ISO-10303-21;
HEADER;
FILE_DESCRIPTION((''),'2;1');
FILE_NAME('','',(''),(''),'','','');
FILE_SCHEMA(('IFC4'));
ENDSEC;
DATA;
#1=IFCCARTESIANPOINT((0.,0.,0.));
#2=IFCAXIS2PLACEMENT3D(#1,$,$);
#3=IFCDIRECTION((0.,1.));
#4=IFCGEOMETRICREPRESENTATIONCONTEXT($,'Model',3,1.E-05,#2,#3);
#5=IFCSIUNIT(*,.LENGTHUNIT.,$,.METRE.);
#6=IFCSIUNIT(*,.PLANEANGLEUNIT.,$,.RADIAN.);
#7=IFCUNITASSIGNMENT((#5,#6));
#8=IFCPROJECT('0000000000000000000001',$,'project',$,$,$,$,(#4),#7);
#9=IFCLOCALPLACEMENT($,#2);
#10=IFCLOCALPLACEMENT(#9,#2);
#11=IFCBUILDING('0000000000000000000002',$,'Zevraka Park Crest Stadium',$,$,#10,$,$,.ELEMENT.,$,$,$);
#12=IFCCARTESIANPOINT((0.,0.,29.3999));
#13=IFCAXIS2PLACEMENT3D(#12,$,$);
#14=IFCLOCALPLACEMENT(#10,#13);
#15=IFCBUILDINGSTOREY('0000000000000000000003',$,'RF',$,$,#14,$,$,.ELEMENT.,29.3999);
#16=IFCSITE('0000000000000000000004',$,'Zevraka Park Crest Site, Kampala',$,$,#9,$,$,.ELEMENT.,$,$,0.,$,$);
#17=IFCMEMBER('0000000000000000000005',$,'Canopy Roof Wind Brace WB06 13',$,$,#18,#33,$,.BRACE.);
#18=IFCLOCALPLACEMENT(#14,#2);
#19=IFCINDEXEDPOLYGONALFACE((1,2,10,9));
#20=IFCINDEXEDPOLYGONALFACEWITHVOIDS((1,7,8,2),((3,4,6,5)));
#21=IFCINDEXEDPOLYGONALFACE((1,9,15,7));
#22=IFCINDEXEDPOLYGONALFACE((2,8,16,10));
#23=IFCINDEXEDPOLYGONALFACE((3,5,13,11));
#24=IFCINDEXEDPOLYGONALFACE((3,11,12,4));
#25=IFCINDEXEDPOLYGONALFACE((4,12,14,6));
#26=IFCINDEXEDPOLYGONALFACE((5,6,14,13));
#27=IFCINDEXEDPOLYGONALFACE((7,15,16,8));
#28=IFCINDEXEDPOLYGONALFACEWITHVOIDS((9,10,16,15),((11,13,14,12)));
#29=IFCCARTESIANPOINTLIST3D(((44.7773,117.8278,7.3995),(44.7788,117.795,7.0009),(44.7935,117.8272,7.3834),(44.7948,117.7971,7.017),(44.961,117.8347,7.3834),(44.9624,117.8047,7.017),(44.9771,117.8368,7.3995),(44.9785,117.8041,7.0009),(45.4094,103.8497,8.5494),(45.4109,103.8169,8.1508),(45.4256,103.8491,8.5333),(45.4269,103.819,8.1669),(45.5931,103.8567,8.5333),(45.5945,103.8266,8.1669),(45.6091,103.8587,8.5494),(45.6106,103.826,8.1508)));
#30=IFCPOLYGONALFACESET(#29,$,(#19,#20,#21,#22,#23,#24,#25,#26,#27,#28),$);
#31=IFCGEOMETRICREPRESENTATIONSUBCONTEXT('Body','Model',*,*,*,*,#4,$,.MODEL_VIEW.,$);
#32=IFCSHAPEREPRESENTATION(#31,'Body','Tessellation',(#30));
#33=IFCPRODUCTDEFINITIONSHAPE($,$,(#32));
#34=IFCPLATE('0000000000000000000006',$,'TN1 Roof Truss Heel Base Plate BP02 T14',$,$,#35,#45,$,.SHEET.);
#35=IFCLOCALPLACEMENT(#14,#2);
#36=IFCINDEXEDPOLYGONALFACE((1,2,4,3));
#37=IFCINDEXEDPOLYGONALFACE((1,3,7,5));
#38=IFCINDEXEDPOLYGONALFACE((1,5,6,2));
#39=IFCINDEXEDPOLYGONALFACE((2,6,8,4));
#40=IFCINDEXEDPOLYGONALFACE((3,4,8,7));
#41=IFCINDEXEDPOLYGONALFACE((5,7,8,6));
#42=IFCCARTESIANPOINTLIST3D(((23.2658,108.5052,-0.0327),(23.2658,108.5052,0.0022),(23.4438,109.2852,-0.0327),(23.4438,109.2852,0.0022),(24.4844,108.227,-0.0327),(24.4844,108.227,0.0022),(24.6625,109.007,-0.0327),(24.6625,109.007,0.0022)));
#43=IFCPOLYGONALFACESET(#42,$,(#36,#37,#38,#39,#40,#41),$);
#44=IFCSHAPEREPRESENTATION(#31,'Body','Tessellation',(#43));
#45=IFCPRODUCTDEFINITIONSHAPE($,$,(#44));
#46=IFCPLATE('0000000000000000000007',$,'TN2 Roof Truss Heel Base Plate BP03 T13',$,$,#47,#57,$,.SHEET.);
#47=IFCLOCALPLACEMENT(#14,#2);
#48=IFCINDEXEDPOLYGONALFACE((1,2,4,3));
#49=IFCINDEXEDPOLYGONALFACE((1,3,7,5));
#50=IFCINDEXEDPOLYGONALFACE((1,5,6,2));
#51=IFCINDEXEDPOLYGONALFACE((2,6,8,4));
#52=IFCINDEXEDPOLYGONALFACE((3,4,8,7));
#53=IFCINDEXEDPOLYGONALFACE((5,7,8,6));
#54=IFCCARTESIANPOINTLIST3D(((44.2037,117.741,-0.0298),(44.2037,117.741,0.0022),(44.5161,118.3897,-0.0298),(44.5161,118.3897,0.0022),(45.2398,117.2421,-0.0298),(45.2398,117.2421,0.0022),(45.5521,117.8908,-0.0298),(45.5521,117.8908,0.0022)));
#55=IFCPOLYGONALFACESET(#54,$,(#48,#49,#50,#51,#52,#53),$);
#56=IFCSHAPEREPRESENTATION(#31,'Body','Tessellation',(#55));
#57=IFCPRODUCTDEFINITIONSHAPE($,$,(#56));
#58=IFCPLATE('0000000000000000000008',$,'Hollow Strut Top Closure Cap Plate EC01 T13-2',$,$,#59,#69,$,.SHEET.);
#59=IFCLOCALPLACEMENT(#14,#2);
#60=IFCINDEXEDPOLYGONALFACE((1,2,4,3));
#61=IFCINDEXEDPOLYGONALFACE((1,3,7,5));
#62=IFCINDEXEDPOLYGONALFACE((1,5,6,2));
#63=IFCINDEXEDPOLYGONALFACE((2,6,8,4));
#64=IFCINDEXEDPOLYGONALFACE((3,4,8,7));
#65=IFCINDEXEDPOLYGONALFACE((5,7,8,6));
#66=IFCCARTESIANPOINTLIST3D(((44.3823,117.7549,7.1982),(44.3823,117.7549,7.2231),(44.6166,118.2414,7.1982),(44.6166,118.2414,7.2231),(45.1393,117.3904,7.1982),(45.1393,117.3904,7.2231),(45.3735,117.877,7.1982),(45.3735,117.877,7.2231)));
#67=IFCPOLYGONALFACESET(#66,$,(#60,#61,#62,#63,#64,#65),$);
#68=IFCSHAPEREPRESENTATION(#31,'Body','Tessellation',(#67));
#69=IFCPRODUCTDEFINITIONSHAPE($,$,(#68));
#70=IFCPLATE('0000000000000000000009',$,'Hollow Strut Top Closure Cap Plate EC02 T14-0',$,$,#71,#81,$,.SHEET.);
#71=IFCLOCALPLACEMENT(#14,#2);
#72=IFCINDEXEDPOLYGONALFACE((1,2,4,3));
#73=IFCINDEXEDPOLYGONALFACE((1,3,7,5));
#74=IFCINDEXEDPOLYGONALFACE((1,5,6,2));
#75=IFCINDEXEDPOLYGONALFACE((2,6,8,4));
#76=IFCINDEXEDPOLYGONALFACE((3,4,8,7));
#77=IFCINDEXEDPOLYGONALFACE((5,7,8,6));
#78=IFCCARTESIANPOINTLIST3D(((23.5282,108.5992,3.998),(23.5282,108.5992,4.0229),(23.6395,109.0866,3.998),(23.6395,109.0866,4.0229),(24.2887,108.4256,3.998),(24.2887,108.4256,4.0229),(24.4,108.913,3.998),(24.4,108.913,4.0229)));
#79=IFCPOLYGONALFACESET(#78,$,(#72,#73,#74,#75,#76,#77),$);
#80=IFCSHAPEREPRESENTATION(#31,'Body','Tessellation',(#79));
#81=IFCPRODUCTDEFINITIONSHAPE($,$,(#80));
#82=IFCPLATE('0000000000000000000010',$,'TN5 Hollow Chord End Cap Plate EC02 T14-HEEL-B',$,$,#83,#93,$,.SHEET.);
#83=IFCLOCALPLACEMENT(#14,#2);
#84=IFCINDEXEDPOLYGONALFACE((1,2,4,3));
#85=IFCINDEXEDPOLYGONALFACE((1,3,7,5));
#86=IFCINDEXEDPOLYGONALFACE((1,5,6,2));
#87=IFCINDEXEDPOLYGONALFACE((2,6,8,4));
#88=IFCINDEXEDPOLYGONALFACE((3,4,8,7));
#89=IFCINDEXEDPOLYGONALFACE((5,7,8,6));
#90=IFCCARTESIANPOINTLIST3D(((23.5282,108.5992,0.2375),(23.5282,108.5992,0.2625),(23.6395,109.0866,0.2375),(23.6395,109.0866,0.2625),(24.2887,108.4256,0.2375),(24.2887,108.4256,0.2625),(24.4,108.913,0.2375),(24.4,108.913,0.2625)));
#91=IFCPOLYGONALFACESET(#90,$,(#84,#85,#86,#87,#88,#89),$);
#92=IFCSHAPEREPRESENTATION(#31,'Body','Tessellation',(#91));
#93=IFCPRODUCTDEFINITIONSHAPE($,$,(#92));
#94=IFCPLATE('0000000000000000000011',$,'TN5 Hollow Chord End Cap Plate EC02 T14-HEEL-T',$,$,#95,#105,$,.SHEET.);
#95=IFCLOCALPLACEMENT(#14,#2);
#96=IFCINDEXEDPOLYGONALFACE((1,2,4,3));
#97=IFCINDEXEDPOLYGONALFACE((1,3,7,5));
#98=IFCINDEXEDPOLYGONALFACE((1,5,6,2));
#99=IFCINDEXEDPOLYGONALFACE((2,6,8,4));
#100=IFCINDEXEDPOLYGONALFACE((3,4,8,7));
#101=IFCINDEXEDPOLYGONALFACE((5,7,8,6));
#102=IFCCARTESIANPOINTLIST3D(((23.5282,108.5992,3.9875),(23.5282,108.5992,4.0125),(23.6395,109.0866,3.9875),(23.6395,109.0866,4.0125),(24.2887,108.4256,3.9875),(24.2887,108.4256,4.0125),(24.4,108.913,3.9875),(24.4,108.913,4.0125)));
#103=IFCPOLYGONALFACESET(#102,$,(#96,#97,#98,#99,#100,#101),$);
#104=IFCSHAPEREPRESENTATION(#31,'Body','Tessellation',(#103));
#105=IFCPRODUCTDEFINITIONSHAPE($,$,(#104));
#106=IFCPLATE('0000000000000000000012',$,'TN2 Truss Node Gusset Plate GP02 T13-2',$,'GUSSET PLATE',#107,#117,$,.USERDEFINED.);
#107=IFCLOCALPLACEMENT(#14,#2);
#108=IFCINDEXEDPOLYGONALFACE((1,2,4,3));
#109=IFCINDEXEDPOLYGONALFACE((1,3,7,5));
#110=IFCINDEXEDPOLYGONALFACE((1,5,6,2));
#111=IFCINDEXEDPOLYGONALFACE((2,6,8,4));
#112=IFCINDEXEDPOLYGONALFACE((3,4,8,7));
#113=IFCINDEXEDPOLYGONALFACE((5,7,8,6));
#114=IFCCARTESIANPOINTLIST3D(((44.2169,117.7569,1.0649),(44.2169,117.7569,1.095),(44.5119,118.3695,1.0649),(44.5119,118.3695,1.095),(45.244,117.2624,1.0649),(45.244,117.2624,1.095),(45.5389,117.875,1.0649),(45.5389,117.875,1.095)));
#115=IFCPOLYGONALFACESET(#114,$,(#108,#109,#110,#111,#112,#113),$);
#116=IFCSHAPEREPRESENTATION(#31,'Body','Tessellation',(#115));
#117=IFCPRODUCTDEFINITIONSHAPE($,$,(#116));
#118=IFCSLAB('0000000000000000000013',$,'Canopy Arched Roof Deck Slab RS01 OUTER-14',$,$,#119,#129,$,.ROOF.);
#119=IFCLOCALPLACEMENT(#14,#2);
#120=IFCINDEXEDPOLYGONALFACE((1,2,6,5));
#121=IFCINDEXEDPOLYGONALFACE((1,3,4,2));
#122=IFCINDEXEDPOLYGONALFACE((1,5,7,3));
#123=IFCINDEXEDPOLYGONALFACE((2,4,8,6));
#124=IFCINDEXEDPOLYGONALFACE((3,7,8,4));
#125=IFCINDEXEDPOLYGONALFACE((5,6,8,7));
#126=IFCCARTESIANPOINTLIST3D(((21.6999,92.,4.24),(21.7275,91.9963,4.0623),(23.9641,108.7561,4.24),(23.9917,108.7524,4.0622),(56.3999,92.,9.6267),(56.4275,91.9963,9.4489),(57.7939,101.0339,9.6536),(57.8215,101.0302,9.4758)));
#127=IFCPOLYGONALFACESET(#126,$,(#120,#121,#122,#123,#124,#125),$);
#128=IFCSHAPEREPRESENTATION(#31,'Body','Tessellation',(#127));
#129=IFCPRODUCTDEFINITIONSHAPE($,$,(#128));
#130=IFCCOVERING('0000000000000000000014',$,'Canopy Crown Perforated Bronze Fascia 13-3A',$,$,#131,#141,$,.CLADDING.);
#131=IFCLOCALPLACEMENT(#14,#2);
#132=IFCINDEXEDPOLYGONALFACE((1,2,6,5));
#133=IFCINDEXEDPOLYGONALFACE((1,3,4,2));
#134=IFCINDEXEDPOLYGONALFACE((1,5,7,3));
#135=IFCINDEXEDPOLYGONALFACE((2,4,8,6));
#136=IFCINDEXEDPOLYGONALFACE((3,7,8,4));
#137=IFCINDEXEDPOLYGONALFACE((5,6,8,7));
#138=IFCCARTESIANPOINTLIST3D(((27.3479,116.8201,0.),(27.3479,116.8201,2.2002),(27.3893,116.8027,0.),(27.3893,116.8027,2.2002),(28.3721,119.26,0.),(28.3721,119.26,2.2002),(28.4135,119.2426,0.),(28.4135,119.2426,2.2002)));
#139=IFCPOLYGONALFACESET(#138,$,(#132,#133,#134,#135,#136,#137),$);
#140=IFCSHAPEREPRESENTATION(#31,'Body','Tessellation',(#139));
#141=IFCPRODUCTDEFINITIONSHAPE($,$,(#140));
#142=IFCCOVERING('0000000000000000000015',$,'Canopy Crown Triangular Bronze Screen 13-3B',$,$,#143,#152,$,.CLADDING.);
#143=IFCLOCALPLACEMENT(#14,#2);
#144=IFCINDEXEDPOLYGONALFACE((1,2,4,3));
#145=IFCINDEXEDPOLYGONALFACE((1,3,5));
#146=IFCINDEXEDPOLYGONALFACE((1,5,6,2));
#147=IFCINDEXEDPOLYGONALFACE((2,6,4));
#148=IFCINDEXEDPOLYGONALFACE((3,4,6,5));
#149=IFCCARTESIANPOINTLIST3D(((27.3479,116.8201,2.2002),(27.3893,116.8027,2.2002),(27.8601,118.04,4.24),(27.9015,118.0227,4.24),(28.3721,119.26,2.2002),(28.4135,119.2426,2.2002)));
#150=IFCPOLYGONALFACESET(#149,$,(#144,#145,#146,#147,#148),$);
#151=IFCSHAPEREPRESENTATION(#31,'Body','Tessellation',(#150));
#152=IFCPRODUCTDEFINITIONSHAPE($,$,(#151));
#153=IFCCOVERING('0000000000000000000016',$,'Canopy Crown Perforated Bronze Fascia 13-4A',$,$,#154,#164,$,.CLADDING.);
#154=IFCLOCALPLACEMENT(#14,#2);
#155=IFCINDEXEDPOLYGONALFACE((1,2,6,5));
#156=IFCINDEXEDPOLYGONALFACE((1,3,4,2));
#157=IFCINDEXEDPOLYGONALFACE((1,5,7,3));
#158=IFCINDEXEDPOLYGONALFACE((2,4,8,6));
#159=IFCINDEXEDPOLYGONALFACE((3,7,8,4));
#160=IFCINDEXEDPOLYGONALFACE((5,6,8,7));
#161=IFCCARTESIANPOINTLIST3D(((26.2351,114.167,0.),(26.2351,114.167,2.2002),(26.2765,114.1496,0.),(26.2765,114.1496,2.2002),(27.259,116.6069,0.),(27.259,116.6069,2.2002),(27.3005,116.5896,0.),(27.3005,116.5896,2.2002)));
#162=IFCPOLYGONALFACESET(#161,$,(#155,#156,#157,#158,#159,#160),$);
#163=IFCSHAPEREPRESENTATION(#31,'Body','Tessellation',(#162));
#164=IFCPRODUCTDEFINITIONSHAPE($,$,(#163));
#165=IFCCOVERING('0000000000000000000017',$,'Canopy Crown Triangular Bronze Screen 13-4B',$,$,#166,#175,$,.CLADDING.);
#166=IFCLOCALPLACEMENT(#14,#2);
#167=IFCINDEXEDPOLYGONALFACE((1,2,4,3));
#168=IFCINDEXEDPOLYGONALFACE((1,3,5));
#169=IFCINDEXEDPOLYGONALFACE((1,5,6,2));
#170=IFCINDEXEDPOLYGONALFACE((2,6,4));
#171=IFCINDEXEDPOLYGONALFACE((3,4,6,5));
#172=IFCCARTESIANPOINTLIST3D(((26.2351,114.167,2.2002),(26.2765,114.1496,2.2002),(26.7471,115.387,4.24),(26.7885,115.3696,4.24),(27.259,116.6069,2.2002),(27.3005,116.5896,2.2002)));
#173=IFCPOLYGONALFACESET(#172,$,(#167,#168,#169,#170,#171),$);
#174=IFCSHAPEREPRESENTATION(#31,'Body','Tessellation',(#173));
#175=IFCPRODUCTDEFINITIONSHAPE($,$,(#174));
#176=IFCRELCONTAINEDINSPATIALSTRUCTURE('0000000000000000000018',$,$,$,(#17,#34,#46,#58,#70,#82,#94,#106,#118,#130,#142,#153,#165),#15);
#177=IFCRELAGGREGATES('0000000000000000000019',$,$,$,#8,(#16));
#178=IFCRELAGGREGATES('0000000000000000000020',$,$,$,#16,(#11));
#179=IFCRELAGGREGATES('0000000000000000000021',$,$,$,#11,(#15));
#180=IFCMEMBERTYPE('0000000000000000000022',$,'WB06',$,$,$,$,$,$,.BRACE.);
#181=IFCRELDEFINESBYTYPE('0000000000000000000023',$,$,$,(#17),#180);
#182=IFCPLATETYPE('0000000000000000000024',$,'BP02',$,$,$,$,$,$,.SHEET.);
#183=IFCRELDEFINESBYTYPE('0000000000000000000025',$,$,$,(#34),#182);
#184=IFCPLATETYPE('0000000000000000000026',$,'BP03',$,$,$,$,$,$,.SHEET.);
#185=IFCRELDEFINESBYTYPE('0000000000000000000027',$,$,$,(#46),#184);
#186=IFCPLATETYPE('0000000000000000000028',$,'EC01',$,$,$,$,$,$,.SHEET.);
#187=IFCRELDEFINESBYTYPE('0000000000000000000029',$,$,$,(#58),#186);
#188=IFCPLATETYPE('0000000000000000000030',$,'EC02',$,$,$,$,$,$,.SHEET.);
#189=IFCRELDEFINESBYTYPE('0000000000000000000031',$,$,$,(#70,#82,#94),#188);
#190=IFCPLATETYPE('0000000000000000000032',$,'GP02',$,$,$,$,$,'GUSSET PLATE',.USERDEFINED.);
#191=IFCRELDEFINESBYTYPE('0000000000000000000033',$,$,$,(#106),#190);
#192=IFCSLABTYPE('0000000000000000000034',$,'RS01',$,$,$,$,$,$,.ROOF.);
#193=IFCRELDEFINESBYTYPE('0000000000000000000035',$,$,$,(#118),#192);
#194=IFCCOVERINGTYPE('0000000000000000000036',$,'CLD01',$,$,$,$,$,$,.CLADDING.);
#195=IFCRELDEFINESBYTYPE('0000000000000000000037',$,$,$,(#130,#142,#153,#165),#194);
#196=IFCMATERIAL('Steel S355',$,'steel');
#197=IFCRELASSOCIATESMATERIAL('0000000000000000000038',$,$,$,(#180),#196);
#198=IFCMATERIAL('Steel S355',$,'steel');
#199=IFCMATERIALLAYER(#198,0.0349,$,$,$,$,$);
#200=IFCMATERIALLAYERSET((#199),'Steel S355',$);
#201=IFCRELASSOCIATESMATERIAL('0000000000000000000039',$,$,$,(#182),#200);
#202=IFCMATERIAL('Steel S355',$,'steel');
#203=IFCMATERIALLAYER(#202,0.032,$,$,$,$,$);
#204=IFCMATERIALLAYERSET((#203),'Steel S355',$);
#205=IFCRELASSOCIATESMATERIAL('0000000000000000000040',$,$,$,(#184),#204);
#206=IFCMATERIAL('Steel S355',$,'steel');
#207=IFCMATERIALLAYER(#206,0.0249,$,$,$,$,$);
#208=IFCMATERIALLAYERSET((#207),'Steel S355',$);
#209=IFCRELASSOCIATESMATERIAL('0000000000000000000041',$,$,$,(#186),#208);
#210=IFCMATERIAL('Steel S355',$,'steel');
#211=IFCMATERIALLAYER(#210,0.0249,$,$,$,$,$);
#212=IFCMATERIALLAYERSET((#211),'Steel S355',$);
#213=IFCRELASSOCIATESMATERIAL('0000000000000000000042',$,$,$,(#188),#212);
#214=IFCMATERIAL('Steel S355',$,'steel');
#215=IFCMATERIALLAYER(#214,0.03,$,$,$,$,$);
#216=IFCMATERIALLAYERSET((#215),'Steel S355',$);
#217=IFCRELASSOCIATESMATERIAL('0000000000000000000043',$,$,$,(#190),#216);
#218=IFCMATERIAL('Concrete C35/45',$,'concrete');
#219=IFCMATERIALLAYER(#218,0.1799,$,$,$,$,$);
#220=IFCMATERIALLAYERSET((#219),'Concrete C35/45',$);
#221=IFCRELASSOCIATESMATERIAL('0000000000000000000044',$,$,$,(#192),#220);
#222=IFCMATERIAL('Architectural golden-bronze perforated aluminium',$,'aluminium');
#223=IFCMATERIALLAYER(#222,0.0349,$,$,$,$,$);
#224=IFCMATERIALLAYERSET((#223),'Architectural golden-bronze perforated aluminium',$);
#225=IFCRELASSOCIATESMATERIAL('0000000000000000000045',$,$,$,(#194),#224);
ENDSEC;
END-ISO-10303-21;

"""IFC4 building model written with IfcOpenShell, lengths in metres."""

from ifc_helpers import new_model, si_unit, direction, frame, origin, origin_2d, place, context, subcontext, project, spatial, polyline, rectangle, hollow_rectangle, outline, extrude, material, layer, layer_set, material_profile, profile_set, type_object, element, save


model = new_model("IFC4")

# Units and contexts
model_context = context("Model", 3, precision=1e-05, world=origin(), true_north=direction((0.0, 1.0)))
body_context = subcontext(model_context, "Body", "Model", "MODEL_VIEW")
ifc_project = project(units=[si_unit("LENGTHUNIT", "METRE"), si_unit("PLANEANGLEUNIT", "RADIAN")], contexts=[model_context])

# Site, building, storey
site_placement = place(None, origin())
site = spatial("IfcSite", under=ifc_project, at=site_placement, Name="Zevraka Park Crest Site, Kampala", CompositionType="ELEMENT", RefElevation=0.0)
building_placement = place(site_placement, origin())
building = spatial("IfcBuilding", under=site, at=building_placement, Name="Zevraka Park Crest Stadium", CompositionType="ELEMENT")
storey_placement = place(building_placement, frame((0.0, 0.0, 29.3999)))
storey = spatial("IfcBuildingStorey", under=building, at=storey_placement, Name="RF", CompositionType="ELEMENT", Elevation=29.3999)

# Member
ifc_material_1 = material(Name="Steel S355", Category="steel")
ifc_material_profile_1 = material_profile(ifc_material_1, hollow_rectangle(XDim=0.2, YDim=0.3999, WallThickness=0.0161, at=origin_2d()), Name="RHS 400x200x16")
ifc_profile_set_1 = profile_set([ifc_material_profile_1], Name="Steel S355")
member_type_1 = type_object("IfcMemberType", Name="WB06", PredefinedType="BRACE", material=ifc_profile_set_1)
member_1_placement = place(storey_placement, frame((44.8779, 117.8159, 7.2002), z_axis=(0.045022, -0.995623, 0.081905), x_axis=(0.998979, 0.045173, 0.0)))
element("IfcMember", 1, at=member_1_placement, inside=storey, type_object=member_type_1, Name="Canopy Roof Wind Brace WB06 13", PredefinedType="BRACE", context=body_context, shape_type="SweptSolid", body=[
    extrude(hollow_rectangle(XDim=0.2, YDim=0.3999, WallThickness=0.0161, at=origin_2d()), origin(), (0.0, 0.0, 1.0), 14.0396),
])

# Plates
ifc_material_2 = material(Name="Steel S355", Category="steel")
ifc_layer_1 = layer(ifc_material_2, 0.0349)
ifc_layer_set_1 = layer_set([ifc_layer_1], Name="Steel S355")
plate_type_1 = type_object("IfcPlateType", Name="BP02", PredefinedType="SHEET", material=ifc_layer_set_1)
plate_1_placement = place(storey_placement, frame((23.9641, 108.7561, -0.0327), z_axis=(0.0, 0.0, 1.0), x_axis=(-0.974917, 0.22257, 0.0)))
element("IfcPlate", 2, at=plate_1_placement, inside=storey, type_object=plate_type_1, Name="TN1 Roof Truss Heel Base Plate BP02 T14", PredefinedType="SHEET", context=body_context, shape_type="SweptSolid", body=[
    extrude(rectangle(XDim=1.25, YDim=0.8, at=origin_2d()), origin(), (0.0, 0.0, 1.0), 0.0349),
])
ifc_material_3 = material(Name="Steel S355", Category="steel")
ifc_layer_2 = layer(ifc_material_3, 0.032)
ifc_layer_set_2 = layer_set([ifc_layer_2], Name="Steel S355")
plate_type_2 = type_object("IfcPlateType", Name="BP03", PredefinedType="SHEET", material=ifc_layer_set_2)
plate_2_placement = place(storey_placement, frame((44.8779, 117.8159, -0.0298), z_axis=(0.0, 0.0, 1.0), x_axis=(-0.901001, 0.433816, 0.0)))
element("IfcPlate", 3, at=plate_2_placement, inside=storey, type_object=plate_type_2, Name="TN2 Roof Truss Heel Base Plate BP03 T13", PredefinedType="SHEET", context=body_context, shape_type="SweptSolid", body=[
    extrude(rectangle(XDim=1.1499, YDim=0.72, at=origin_2d()), origin(), (0.0, 0.0, 1.0), 0.032),
])
ifc_material_4 = material(Name="Steel S355", Category="steel")
ifc_layer_3 = layer(ifc_material_4, 0.0249)
ifc_layer_set_3 = layer_set([ifc_layer_3], Name="Steel S355")
plate_type_3 = type_object("IfcPlateType", Name="EC01", PredefinedType="SHEET", material=ifc_layer_set_3)
plate_3_placement = place(storey_placement, frame((44.8779, 117.8159, 7.1982), z_axis=(0.0, 0.0, 1.0), x_axis=(-0.901001, 0.433816, 0.0)))
element("IfcPlate", 4, at=plate_3_placement, inside=storey, type_object=plate_type_3, Name="Hollow Strut Top Closure Cap Plate EC01 T13-2", PredefinedType="SHEET", context=body_context, shape_type="SweptSolid", body=[
    extrude(rectangle(XDim=0.8401, YDim=0.54, at=origin_2d()), origin(), (0.0, 0.0, 1.0), 0.0249),
])
ifc_material_5 = material(Name="Steel S355", Category="steel")
ifc_layer_4 = layer(ifc_material_5, 0.0249)
ifc_layer_set_4 = layer_set([ifc_layer_4], Name="Steel S355")
plate_type_4 = type_object("IfcPlateType", Name="EC02", PredefinedType="SHEET", material=ifc_layer_set_4)
for number, where, z_axis, x_axis, name in (
    (5, (23.9641, 108.7561, 3.998), (0.0, 0.0, 1.0), (-0.974917, 0.22257, 0.0), "Hollow Strut Top Closure Cap Plate EC02 T14-0"),
    (6, (23.9641, 108.7561, 0.2375), (0.0, 0.0, 1.0), (-0.974917, 0.22257, 0.0), "TN5 Hollow Chord End Cap Plate EC02 T14-HEEL-B"),
    (7, (23.9641, 108.7561, 3.9875), (0.0, 0.0, 1.0), (-0.974917, 0.22257, 0.0), "TN5 Hollow Chord End Cap Plate EC02 T14-HEEL-T"),
):
    element("IfcPlate", number, at=place(storey_placement, frame(where, z_axis=z_axis, x_axis=x_axis)), inside=storey, type_object=plate_type_4, Name=name, PredefinedType="SHEET", context=body_context, shape_type="SweptSolid", body=[
        extrude(rectangle(XDim=0.78, YDim=0.5, at=origin_2d()), origin(), (0.0, 0.0, 1.0), 0.0249),
    ])
ifc_material_6 = material(Name="Steel S355", Category="steel")
ifc_layer_5 = layer(ifc_material_6, 0.03)
ifc_layer_set_5 = layer_set([ifc_layer_5], Name="Steel S355")
plate_type_5 = type_object("IfcPlateType", Name="GP02", ElementType="GUSSET PLATE", PredefinedType="USERDEFINED", material=ifc_layer_set_5)
plate_4_placement = place(storey_placement, frame((44.8779, 117.8159, 1.0649), z_axis=(0.0, 0.0, 1.0), x_axis=(-0.901001, 0.433816, 0.0)))
element("IfcPlate", 8, at=plate_4_placement, inside=storey, type_object=plate_type_5, Name="TN2 Truss Node Gusset Plate GP02 T13-2", ObjectType="GUSSET PLATE", PredefinedType="USERDEFINED", context=body_context, shape_type="SweptSolid", body=[
    extrude(rectangle(XDim=1.1399, YDim=0.6799, at=origin_2d()), origin(), (0.0, 0.0, 1.0), 0.03),
])

# Slab
ifc_material_7 = material(Name="Concrete C35/45", Category="concrete")
ifc_layer_6 = layer(ifc_material_7, 0.1799)
ifc_layer_set_6 = layer_set([ifc_layer_6], Name="Concrete C35/45")
slab_type = type_object("IfcSlabType", Name="RS01", PredefinedType="ROOF", material=ifc_layer_set_6)
slab_placement = place(storey_placement, frame((23.9641, 108.7561, 4.24), z_axis=(-0.153366, 0.020725, 0.987952), x_axis=(-0.133908, -0.990994, 0.000002)))
element("IfcSlab", 9, at=slab_placement, inside=storey, type_object=slab_type, Name="Canopy Arched Roof Deck Slab RS01 OUTER-14", PredefinedType="ROOF", context=body_context, shape_type="SweptSolid", body=[
    extrude(outline(polyline([(0.0, 0.0), (16.9084, 0.0), (12.2618, 34.8068), (3.1226, 34.9807), (0.0, 0.0)])), origin(), (0.0, 0.0, -1.0), 0.1799),
])

# Coverings
ifc_material_8 = material(Name="Architectural golden-bronze perforated aluminium", Category="aluminium")
ifc_layer_7 = layer(ifc_material_8, 0.0349)
ifc_layer_set_7 = layer_set([ifc_layer_7], Name="Architectural golden-bronze perforated aluminium")
covering_type_1 = type_object("IfcCoveringType", Name="CLD01", PredefinedType="CLADDING", material=ifc_layer_set_7)
covering_1_placement = place(storey_placement, frame((28.3721, 119.26, 0.0), z_axis=(-0.922064, 0.387038, 0.0), x_axis=(-0.387038, -0.922064, 0.0)))
element("IfcCovering", 10, at=covering_1_placement, inside=storey, type_object=covering_type_1, Name="Canopy Crown Perforated Bronze Fascia 13-3A", PredefinedType="CLADDING", context=body_context, shape_type="SweptSolid", body=[
    extrude(outline(polyline([(0.0, 0.0), (2.6462, 0.0), (2.6462, 2.2002), (0.0, 2.2002), (0.0, 0.0)])), origin(), (0.0, 0.0, -1.0), 0.0449),
])
covering_2_placement = place(storey_placement, frame((28.3721, 119.26, 2.2002), z_axis=(-0.922064, 0.387038, 0.000055), x_axis=(-0.387038, -0.922064, 0.0)))
element("IfcCovering", 11, at=covering_2_placement, inside=storey, type_object=covering_type_1, Name="Canopy Crown Triangular Bronze Screen 13-3B", PredefinedType="CLADDING", context=body_context, shape_type="SweptSolid", body=[
    extrude(outline(polyline([(0.0, 0.0), (2.6462, 0.0), (1.323, 2.0398), (0.0, 0.0)])), origin(), (0.0, 0.0, -1.0), 0.0449),
])
covering_3_placement = place(storey_placement, frame((27.259, 116.6069, 0.0), z_axis=(-0.922097, 0.38696, 0.0), x_axis=(-0.38696, -0.922097, 0.0)))
element("IfcCovering", 12, at=covering_3_placement, inside=storey, type_object=covering_type_1, Name="Canopy Crown Perforated Bronze Fascia 13-4A", PredefinedType="CLADDING", context=body_context, shape_type="SweptSolid", body=[
    extrude(outline(polyline([(0.0, 0.0), (2.6461, 0.0), (2.6461, 2.2002), (0.0, 2.2002), (0.0, 0.0)])), origin(), (0.0, 0.0, -1.0), 0.0449),
])
covering_4_placement = place(storey_placement, frame((27.259, 116.6069, 2.2002), z_axis=(-0.922097, 0.38696, 0.0), x_axis=(-0.38696, -0.922097, 0.0)))
element("IfcCovering", 13, at=covering_4_placement, inside=storey, type_object=covering_type_1, Name="Canopy Crown Triangular Bronze Screen 13-4B", PredefinedType="CLADDING", context=body_context, shape_type="SweptSolid", body=[
    extrude(outline(polyline([(0.0, 0.0), (2.6461, 0.0), (1.323, 2.0398), (0.0, 0.0)])), origin(), (0.0, 0.0, -1.0), 0.0449),
])

save(model, "model.ifc")
